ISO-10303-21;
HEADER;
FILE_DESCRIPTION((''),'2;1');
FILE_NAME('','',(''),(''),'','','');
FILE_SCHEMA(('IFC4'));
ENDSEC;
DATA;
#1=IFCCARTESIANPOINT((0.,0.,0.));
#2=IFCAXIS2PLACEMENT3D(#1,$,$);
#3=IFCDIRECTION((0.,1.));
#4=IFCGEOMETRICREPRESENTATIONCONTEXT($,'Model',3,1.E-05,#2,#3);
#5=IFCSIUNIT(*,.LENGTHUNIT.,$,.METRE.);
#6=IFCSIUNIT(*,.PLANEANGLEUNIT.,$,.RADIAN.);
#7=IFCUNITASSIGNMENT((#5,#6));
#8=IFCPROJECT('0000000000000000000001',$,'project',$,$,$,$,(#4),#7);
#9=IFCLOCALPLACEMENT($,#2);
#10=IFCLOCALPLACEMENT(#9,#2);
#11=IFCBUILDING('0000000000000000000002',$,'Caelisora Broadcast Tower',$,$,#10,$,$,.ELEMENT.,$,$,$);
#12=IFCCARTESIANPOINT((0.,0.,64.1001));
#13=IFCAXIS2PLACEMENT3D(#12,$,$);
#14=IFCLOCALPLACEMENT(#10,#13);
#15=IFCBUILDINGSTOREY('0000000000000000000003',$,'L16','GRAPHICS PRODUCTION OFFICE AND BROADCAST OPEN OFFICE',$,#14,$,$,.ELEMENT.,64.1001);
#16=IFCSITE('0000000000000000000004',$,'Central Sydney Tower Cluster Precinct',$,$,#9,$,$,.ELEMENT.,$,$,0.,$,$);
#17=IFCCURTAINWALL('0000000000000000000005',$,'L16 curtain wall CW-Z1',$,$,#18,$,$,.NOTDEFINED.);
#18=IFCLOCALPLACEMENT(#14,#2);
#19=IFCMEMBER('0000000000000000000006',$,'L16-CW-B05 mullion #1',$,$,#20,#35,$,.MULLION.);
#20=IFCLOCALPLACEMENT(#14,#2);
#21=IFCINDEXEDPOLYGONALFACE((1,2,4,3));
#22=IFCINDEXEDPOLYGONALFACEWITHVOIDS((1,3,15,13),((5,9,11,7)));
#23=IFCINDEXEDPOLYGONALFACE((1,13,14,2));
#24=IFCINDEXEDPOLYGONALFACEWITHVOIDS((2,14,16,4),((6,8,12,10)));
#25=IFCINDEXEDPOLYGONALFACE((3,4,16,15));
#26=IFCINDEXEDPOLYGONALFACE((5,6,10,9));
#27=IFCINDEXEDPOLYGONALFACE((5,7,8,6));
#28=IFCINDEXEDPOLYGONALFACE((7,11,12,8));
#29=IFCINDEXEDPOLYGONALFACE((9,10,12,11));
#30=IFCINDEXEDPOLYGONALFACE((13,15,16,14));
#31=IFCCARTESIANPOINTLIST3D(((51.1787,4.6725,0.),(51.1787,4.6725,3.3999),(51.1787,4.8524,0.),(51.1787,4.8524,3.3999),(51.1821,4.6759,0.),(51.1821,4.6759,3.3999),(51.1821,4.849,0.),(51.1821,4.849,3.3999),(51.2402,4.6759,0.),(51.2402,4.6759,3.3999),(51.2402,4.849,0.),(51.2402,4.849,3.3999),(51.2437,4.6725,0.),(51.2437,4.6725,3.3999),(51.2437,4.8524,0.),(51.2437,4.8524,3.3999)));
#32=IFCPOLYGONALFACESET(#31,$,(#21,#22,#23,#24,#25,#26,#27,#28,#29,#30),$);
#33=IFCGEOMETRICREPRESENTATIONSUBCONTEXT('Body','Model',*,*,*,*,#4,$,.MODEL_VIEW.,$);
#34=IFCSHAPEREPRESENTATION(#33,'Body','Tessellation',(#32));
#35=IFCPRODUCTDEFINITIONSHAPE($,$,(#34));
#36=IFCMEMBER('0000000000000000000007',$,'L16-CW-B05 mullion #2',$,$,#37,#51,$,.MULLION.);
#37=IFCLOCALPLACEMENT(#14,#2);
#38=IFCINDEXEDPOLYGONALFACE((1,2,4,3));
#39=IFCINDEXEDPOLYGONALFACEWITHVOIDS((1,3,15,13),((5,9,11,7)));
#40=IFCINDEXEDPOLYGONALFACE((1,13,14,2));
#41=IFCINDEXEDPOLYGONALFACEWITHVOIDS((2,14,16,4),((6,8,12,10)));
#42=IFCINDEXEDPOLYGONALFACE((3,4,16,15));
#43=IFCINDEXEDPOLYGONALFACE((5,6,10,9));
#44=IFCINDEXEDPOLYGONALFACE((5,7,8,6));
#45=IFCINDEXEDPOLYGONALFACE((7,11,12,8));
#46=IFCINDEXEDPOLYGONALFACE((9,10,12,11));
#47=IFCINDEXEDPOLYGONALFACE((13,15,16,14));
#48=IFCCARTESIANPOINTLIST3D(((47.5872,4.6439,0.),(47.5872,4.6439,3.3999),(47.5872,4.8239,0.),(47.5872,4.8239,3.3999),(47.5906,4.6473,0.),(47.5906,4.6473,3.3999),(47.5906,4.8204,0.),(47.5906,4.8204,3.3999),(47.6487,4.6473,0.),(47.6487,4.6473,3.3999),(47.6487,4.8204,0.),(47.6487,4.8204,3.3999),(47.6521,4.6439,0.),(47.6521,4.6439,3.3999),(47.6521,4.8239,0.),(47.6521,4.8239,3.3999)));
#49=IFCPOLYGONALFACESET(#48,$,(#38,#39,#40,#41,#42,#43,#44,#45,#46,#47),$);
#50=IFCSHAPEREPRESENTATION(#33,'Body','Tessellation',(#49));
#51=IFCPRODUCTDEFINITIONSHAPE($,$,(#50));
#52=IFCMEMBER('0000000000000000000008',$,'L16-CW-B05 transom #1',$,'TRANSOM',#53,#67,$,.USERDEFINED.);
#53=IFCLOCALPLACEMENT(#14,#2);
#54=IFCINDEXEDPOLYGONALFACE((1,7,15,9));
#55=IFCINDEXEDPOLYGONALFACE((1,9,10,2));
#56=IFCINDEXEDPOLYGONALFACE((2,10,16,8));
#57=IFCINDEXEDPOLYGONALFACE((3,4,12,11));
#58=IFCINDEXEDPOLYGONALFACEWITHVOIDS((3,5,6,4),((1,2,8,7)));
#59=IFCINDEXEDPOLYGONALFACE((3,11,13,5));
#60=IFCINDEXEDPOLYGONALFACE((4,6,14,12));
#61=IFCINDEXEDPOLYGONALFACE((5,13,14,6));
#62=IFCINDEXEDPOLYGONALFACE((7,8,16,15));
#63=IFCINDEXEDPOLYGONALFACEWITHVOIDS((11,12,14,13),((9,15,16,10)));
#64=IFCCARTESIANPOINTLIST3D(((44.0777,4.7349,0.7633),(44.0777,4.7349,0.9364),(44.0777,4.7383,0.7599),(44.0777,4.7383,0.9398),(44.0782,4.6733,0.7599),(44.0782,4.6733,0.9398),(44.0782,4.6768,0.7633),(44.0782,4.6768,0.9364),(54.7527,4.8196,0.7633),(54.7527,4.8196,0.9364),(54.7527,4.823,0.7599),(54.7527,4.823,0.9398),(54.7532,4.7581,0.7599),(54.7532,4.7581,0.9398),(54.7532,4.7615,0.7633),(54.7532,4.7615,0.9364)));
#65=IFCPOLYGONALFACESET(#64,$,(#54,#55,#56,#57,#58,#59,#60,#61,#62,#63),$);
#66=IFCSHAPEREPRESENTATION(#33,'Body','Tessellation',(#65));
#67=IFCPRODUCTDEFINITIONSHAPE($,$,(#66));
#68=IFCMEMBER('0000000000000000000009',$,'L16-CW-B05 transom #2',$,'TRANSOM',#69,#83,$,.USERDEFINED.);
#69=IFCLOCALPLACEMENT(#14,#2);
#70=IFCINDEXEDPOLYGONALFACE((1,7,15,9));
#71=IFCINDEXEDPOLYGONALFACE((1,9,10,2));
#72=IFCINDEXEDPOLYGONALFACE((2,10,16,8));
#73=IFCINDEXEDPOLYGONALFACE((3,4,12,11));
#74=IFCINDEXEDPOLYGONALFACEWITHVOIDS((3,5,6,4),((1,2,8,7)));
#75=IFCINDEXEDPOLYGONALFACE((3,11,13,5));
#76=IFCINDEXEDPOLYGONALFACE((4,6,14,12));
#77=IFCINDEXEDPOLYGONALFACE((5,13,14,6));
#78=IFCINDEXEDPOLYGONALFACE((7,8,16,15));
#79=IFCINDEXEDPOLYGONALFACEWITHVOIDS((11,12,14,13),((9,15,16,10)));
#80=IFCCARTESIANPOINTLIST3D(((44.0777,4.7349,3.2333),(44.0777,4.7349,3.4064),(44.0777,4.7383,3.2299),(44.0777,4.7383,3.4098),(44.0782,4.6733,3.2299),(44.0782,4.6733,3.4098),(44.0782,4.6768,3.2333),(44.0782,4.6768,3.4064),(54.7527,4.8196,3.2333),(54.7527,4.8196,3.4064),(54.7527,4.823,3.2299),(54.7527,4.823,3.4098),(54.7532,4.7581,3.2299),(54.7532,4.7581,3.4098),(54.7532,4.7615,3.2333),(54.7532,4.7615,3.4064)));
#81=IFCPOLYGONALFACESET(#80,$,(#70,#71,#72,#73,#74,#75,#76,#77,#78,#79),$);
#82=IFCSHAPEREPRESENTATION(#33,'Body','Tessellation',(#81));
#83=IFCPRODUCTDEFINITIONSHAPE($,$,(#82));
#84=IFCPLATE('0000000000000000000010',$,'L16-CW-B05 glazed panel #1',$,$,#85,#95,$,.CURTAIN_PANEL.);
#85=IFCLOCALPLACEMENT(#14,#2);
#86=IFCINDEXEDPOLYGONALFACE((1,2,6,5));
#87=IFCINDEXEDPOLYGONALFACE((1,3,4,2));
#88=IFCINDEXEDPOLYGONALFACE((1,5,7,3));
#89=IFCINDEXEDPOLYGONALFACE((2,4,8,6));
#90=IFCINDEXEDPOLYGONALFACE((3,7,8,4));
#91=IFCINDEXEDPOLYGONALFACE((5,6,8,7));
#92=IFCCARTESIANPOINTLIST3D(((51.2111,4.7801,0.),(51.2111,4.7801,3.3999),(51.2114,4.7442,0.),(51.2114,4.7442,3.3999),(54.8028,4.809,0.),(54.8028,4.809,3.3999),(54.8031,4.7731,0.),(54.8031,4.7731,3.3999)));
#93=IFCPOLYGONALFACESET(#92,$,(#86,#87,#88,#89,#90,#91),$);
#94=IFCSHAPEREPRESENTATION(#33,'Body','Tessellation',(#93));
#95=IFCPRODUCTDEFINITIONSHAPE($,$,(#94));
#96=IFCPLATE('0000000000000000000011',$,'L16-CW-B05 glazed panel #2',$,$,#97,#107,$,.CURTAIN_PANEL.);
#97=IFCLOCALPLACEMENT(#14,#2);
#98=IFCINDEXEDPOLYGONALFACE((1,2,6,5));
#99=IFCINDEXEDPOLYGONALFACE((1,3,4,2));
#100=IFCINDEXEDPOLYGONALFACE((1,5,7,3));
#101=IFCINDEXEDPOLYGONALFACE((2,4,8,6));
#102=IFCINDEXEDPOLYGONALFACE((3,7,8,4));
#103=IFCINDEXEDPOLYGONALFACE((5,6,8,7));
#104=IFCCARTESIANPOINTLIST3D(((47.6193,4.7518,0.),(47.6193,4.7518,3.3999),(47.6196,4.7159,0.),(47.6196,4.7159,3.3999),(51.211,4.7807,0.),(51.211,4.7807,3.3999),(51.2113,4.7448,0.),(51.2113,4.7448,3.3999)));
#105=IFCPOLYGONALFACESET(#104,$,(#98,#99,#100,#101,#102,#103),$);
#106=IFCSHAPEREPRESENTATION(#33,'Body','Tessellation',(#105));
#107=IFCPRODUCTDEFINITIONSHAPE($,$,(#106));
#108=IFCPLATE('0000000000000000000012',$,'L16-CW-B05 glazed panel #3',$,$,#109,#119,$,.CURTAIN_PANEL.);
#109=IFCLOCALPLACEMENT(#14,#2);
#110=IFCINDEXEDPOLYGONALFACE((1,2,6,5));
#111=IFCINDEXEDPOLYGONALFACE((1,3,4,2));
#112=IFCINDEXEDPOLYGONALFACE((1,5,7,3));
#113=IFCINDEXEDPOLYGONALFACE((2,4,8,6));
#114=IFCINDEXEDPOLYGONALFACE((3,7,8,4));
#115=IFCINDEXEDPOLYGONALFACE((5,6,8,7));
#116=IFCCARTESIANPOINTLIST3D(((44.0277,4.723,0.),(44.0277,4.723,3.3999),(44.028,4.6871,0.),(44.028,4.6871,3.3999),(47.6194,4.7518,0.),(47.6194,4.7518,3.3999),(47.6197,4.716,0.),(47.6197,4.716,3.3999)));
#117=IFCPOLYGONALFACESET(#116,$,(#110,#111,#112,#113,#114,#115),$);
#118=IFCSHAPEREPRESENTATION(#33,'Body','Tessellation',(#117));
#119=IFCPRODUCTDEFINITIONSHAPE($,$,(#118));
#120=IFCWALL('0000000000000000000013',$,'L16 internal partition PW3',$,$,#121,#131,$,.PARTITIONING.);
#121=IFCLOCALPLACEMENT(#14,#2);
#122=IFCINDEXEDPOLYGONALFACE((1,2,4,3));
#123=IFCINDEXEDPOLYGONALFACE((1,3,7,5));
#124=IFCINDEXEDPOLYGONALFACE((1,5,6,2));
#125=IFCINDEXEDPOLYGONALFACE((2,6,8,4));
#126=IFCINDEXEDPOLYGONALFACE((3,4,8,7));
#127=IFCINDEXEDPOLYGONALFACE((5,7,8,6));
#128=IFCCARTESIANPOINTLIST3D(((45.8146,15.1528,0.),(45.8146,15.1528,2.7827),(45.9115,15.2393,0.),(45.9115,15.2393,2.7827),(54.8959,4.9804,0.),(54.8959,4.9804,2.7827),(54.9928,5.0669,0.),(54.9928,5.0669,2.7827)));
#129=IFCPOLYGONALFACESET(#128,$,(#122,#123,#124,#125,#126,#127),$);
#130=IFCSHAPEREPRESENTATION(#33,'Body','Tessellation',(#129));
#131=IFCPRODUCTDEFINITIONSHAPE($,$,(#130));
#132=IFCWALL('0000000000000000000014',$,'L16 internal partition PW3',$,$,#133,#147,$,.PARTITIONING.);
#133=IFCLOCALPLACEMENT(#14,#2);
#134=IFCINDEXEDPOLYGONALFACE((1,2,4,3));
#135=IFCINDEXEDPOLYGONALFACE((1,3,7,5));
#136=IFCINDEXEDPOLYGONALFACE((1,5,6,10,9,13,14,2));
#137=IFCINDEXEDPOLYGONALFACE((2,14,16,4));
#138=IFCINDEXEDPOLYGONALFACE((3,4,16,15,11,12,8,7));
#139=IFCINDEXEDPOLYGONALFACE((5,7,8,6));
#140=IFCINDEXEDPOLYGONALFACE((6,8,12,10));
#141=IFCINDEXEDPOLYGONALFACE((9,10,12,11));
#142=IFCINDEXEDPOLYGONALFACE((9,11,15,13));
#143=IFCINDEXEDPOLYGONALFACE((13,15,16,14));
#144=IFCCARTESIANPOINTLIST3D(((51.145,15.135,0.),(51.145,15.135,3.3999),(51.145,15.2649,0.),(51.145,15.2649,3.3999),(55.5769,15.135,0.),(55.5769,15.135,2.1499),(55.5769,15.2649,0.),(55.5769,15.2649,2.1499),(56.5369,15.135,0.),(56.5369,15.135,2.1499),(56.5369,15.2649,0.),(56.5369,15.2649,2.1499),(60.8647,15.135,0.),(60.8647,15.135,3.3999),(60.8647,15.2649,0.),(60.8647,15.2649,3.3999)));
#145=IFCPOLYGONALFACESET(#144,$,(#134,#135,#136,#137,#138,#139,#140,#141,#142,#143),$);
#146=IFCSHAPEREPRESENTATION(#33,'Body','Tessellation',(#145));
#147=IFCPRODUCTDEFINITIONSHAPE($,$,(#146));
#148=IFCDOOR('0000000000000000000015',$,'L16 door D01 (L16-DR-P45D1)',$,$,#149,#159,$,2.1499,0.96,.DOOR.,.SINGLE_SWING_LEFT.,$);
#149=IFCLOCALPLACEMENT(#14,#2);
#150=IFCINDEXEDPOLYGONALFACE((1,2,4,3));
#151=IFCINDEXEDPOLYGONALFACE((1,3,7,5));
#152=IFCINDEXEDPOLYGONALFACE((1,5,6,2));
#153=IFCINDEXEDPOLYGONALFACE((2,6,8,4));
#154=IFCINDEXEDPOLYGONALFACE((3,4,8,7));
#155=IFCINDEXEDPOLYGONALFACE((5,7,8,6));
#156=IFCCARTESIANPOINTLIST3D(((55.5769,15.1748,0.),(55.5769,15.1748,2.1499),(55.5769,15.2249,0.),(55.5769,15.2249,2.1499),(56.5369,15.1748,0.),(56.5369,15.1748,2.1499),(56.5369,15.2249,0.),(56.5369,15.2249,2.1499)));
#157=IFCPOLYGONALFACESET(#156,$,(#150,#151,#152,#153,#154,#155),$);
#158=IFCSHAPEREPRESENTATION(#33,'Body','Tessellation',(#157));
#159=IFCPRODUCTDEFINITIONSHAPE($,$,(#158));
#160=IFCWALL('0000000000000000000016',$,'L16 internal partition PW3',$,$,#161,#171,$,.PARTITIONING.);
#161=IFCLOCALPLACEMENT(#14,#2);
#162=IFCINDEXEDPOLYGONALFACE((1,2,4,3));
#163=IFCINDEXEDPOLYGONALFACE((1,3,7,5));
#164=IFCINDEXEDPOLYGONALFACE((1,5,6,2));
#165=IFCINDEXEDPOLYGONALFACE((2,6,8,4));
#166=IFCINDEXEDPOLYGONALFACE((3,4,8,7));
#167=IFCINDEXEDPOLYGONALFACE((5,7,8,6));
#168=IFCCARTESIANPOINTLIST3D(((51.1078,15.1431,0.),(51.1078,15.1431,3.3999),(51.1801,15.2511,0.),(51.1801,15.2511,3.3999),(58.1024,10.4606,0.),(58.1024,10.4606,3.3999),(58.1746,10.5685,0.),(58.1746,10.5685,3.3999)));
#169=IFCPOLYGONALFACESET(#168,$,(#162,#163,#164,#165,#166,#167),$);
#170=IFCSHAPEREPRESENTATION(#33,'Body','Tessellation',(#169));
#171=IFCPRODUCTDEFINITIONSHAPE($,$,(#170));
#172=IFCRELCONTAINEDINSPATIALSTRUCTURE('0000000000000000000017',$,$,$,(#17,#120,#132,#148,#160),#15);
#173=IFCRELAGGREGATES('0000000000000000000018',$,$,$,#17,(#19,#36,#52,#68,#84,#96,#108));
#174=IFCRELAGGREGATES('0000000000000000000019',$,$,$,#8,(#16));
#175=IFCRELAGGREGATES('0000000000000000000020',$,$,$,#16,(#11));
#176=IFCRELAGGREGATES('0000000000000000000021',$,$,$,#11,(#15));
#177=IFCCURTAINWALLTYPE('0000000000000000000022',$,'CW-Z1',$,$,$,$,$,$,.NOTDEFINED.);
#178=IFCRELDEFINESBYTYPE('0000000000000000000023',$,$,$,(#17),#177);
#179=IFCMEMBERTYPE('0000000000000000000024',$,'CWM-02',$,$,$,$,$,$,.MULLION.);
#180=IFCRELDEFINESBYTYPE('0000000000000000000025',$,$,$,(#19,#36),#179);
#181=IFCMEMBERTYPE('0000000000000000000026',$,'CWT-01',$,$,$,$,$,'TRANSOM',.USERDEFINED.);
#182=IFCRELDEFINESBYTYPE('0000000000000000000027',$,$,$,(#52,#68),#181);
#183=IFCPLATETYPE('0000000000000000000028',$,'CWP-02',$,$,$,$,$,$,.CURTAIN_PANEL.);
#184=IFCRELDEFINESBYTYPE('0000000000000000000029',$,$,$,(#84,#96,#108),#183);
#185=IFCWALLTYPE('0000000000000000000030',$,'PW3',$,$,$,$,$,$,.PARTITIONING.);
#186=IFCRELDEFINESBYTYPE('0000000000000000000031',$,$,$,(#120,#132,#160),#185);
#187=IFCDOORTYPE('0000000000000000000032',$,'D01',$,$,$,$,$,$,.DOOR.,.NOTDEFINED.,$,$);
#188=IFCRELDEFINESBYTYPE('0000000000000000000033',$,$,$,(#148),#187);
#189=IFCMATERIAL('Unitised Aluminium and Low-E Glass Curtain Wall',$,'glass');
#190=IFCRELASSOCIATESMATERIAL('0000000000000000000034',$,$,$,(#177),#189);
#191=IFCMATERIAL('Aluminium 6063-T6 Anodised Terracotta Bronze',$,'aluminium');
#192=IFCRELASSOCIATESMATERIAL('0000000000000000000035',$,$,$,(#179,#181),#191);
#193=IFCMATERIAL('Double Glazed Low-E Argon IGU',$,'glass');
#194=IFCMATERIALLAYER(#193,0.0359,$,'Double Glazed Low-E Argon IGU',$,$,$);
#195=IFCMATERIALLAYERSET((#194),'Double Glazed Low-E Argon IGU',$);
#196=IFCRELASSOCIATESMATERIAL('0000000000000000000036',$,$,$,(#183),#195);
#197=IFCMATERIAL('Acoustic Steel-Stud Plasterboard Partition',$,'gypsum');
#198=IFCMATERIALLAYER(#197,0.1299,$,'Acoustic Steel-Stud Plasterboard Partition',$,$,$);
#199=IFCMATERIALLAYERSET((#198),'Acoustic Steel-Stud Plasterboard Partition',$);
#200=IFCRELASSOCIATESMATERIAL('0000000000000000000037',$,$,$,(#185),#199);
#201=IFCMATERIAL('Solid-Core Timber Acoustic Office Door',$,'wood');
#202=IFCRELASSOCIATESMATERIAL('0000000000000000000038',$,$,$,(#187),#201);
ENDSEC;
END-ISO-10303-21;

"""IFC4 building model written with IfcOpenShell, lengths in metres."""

from ifc_helpers import new_model, si_unit, direction, frame, frame_2d, origin, origin_2d, place, context, subcontext, project, spatial, rectangle, hollow_rectangle, extrude, source, transform, mapped, material, layer, layer_set, material_profile, profile_set, type_object, type_shapes, element, fill, aggregate, save


model = new_model("IFC4")

# Units and contexts
model_context = context("Model", 3, precision=1e-05, world=origin(), true_north=direction((0.0, 1.0)))
body_context = subcontext(model_context, "Body", "Model", "MODEL_VIEW")
ifc_project = project(units=[si_unit("LENGTHUNIT", "METRE"), si_unit("PLANEANGLEUNIT", "RADIAN")], contexts=[model_context])

# Site, building, storey
site_placement = place(None, origin())
site = spatial("IfcSite", under=ifc_project, at=site_placement, Name="Central Sydney Tower Cluster Precinct", CompositionType="ELEMENT", RefElevation=0.0)
building_placement = place(site_placement, origin())
building = spatial("IfcBuilding", under=site, at=building_placement, Name="Caelisora Broadcast Tower", CompositionType="ELEMENT")
storey_placement = place(building_placement, frame((0.0, 0.0, 64.1001)))
storey = spatial("IfcBuildingStorey", under=building, at=storey_placement, Name="L16", Description="GRAPHICS PRODUCTION OFFICE AND BROADCAST OPEN OFFICE", CompositionType="ELEMENT", Elevation=64.1001)

# Curtain wall, members, plates
ifc_material_1 = material(Name="Unitised Aluminium and Low-E Glass Curtain Wall", Category="glass")
curtain_wall_type = type_object("IfcCurtainWallType", Name="CW-Z1", PredefinedType="NOTDEFINED", material=ifc_material_1)
curtain_wall_placement = place(storey_placement, origin())
curtain_wall = element("IfcCurtainWall", 1, at=curtain_wall_placement, inside=storey, type_object=curtain_wall_type, Name="L16 curtain wall CW-Z1", PredefinedType="NOTDEFINED")
ifc_material_2 = material(Name="Aluminium 6063-T6 Anodised Terracotta Bronze", Category="aluminium")
ifc_material_profile_1 = material_profile(ifc_material_2, hollow_rectangle(XDim=0.0649, YDim=0.1799, WallThickness=0.0034, at=origin_2d()), Name="Aluminium 6063-T6 Anodised Terracotta Bronze")
ifc_profile_set_1 = profile_set([ifc_material_profile_1], Name="Aluminium 6063-T6 Anodised Terracotta Bronze")
member_type_1 = type_object("IfcMemberType", Name="CWM-02", PredefinedType="MULLION", material=ifc_profile_set_1)
shared_shape_1 = source(origin(), body_context, "Body", "SweptSolid", [
    extrude(hollow_rectangle(XDim=0.0649, YDim=0.1799, WallThickness=0.0034, at=origin_2d()), origin(), (0.0, 0.0, 1.0), 3.3999),
])
type_shapes(member_type_1, [shared_shape_1])
member_1_placement = place(storey_placement, frame((51.2112, 4.7625, 0.0), z_axis=(0.0, 0.0, 1.0), x_axis=(1.0, 0.0, 0.0)))
member_1 = element("IfcMember", 2, at=member_1_placement, type_object=member_type_1, Name="L16-CW-B05 mullion #1", PredefinedType="MULLION", context=body_context, shape_type="MappedRepresentation", body=[
    mapped(shared_shape_1, transform((0.0, 0.0, 0.0), scale=1.0)),
])
member_2_placement = place(storey_placement, frame((47.6196, 4.7339, 0.0), z_axis=(0.0, 0.0, 1.0), x_axis=(1.0, 0.0, 0.0)))
member_2 = element("IfcMember", 3, at=member_2_placement, type_object=member_type_1, Name="L16-CW-B05 mullion #2", PredefinedType="MULLION", context=body_context, shape_type="MappedRepresentation", body=[
    mapped(shared_shape_1, transform((0.0, 0.0, 0.0), scale=1.0)),
])
ifc_material_profile_2 = material_profile(ifc_material_2, hollow_rectangle(XDim=0.0649, YDim=0.1799, WallThickness=0.0034, at=origin_2d()), Name="Aluminium 6063-T6 Anodised Terracotta Bronze")
ifc_profile_set_2 = profile_set([ifc_material_profile_2], Name="Aluminium 6063-T6 Anodised Terracotta Bronze")
member_type_2 = type_object("IfcMemberType", Name="CWT-01", ElementType="TRANSOM", PredefinedType="USERDEFINED", material=ifc_profile_set_2)
shared_shape_2 = source(origin(), body_context, "Body", "SweptSolid", [
    extrude(hollow_rectangle(XDim=0.0649, YDim=0.1799, WallThickness=0.0034, at=origin_2d()), origin(), (0.0, 0.0, 1.0), 10.6753),
])
type_shapes(member_type_2, [shared_shape_2])
member_3_placement = place(storey_placement, frame((54.7529, 4.7905, 0.8499), z_axis=(-0.999969, -0.007936, 0.0), x_axis=(0.007936, -0.999969, 0.0)))
member_3 = element("IfcMember", 4, at=member_3_placement, type_object=member_type_2, Name="L16-CW-B05 transom #1", ObjectType="TRANSOM", PredefinedType="USERDEFINED", context=body_context, shape_type="MappedRepresentation", body=[
    mapped(shared_shape_2, transform((0.0, 0.0, 0.0), scale=1.0)),
])
member_4_placement = place(storey_placement, frame((54.7529, 4.7905, 3.3198), z_axis=(-0.999969, -0.007936, 0.0), x_axis=(0.007936, -0.999969, 0.0)))
member_4 = element("IfcMember", 5, at=member_4_placement, type_object=member_type_2, Name="L16-CW-B05 transom #2", ObjectType="TRANSOM", PredefinedType="USERDEFINED", context=body_context, shape_type="MappedRepresentation", body=[
    mapped(shared_shape_2, transform((0.0, 0.0, 0.0), scale=1.0)),
])
ifc_material_3 = material(Name="Double Glazed Low-E Argon IGU", Category="glass")
ifc_layer_1 = layer(ifc_material_3, 0.0359, Name="Double Glazed Low-E Argon IGU")
ifc_layer_set_1 = layer_set([ifc_layer_1], Name="Double Glazed Low-E Argon IGU")
plate_type = type_object("IfcPlateType", Name="CWP-02", PredefinedType="CURTAIN_PANEL", material=ifc_layer_set_1)
shared_shape_3 = source(origin(), body_context, "Body", "SweptSolid", [
    extrude(rectangle(XDim=3.5918, YDim=0.0359, at=origin_2d()), origin(), (0.0, 0.0, 1.0), 3.3999),
])
type_shapes(plate_type, [shared_shape_3])
plate_1_placement = place(storey_placement, frame((53.0071, 4.7766, 0.0), z_axis=(0.0, 0.0, 1.0), x_axis=(-0.999968, -0.008028, 0.0)))
plate_1 = element("IfcPlate", 6, at=plate_1_placement, type_object=plate_type, Name="L16-CW-B05 glazed panel #1", PredefinedType="CURTAIN_PANEL", context=body_context, shape_type="MappedRepresentation", body=[
    mapped(shared_shape_3, transform((0.0, 0.0, 0.0), scale=1.0)),
])
plate_2_placement = place(storey_placement, frame((49.4153, 4.7483, 0.0), z_axis=(0.0, 0.0, 1.0), x_axis=(-0.999968, -0.008028, 0.0)))
plate_2 = element("IfcPlate", 7, at=plate_2_placement, type_object=plate_type, Name="L16-CW-B05 glazed panel #2", PredefinedType="CURTAIN_PANEL", context=body_context, shape_type="MappedRepresentation", body=[
    mapped(shared_shape_3, transform((0.0, 0.0, 0.0), scale=1.0)),
])
plate_3_placement = place(storey_placement, frame((45.8237, 4.7195, 0.0), z_axis=(0.0, 0.0, 1.0), x_axis=(-0.999968, -0.008028, 0.0)))
plate_3 = element("IfcPlate", 8, at=plate_3_placement, type_object=plate_type, Name="L16-CW-B05 glazed panel #3", PredefinedType="CURTAIN_PANEL", context=body_context, shape_type="MappedRepresentation", body=[
    mapped(shared_shape_3, transform((0.0, 0.0, 0.0), scale=1.0)),
])
aggregate(curtain_wall, [member_1, member_2, member_3, member_4, plate_1, plate_2, plate_3])

# Wall
ifc_material_4 = material(Name="Acoustic Steel-Stud Plasterboard Partition", Category="gypsum")
ifc_layer_2 = layer(ifc_material_4, 0.1299, Name="Acoustic Steel-Stud Plasterboard Partition")
ifc_layer_set_2 = layer_set([ifc_layer_2], Name="Acoustic Steel-Stud Plasterboard Partition")
wall_type_1 = type_object("IfcWallType", Name="PW3", PredefinedType="PARTITIONING", material=ifc_layer_set_2)
wall_1_placement = place(storey_placement, frame((45.863, 15.196, 0.0), z_axis=(0.0, 0.0, 1.0), x_axis=(0.665968, -0.74598, 0.0)))
element("IfcWall", 9, at=wall_1_placement, inside=storey, type_object=wall_type_1, Name="L16 internal partition PW3", PredefinedType="PARTITIONING", context=body_context, shape_type="SweptSolid", body=[
    extrude(rectangle(XDim=13.6362, YDim=0.1299, at=frame_2d((6.8181, 0.0))), origin(), (0.0, 0.0, 1.0), 2.7827),
])

# Wall, opening, door
wall_2_placement = place(storey_placement, frame((51.145, 15.2, 0.0), z_axis=(0.0, 0.0, 1.0), x_axis=(1.0, 0.0, 0.0)))
wall_2 = element("IfcWall", 10, at=wall_2_placement, inside=storey, type_object=wall_type_1, Name="L16 internal partition PW3", PredefinedType="PARTITIONING", context=body_context, shape_type="SweptSolid", body=[
    extrude(rectangle(XDim=9.7197, YDim=0.1299, at=frame_2d((4.8599, 0.0))), origin(), (0.0, 0.0, 1.0), 3.3999),
])
opening_1_placement = place(wall_2_placement, frame((4.4319, 0.0, 0.0)))
opening_1 = element("IfcOpeningElement", 11, at=opening_1_placement, cuts=wall_2, PredefinedType="OPENING", context=body_context, shape_type="SweptSolid", body=[
    extrude(rectangle(XDim=0.96, YDim=2.1499, at=frame_2d((0.48, 1.075))), frame((0.0, 0.0769, 0.0), z_axis=(0.0, -1.0, 0.0), x_axis=(1.0, 0.0, 0.0)), (0.0, 0.0, 1.0), 0.1538),
])
ifc_material_5 = material(Name="Solid-Core Timber Acoustic Office Door", Category="wood")
door_type_1 = type_object("IfcDoorType", Name="D01", OperationType="NOTDEFINED", PredefinedType="DOOR", material=ifc_material_5)
door_1_placement = place(opening_1_placement, origin())
door_1 = element("IfcDoor", 12, at=door_1_placement, inside=storey, type_object=door_type_1, Name="L16 door D01 (L16-DR-P45D1)", OperationType="SINGLE_SWING_LEFT", OverallHeight=2.1499, OverallWidth=0.96, PredefinedType="DOOR", context=body_context, shape_type="SweptSolid", body=[
    extrude(rectangle(XDim=0.96, YDim=2.1499, at=frame_2d((0.48, 1.075))), frame((0.0, 0.0249, 0.0), z_axis=(0.0, -1.0, 0.0), x_axis=(1.0, 0.0, 0.0)), (0.0, 0.0, 1.0), 0.05),
])
fill(opening_1, door_1)

# Wall
wall_3_placement = place(storey_placement, frame((51.144, 15.197, 0.0), z_axis=(0.0, 0.0, 1.0), x_axis=(0.830978, -0.556306, 0.0)))
element("IfcWall", 13, at=wall_3_placement, inside=storey, type_object=wall_type_1, Name="L16 internal partition PW3", PredefinedType="PARTITIONING", context=body_context, shape_type="SweptSolid", body=[
    extrude(rectangle(XDim=8.4172, YDim=0.1299, at=frame_2d((4.2085, 0.0))), origin(), (0.0, 0.0, 1.0), 3.3999),
])

save(model, "model.ifc")
